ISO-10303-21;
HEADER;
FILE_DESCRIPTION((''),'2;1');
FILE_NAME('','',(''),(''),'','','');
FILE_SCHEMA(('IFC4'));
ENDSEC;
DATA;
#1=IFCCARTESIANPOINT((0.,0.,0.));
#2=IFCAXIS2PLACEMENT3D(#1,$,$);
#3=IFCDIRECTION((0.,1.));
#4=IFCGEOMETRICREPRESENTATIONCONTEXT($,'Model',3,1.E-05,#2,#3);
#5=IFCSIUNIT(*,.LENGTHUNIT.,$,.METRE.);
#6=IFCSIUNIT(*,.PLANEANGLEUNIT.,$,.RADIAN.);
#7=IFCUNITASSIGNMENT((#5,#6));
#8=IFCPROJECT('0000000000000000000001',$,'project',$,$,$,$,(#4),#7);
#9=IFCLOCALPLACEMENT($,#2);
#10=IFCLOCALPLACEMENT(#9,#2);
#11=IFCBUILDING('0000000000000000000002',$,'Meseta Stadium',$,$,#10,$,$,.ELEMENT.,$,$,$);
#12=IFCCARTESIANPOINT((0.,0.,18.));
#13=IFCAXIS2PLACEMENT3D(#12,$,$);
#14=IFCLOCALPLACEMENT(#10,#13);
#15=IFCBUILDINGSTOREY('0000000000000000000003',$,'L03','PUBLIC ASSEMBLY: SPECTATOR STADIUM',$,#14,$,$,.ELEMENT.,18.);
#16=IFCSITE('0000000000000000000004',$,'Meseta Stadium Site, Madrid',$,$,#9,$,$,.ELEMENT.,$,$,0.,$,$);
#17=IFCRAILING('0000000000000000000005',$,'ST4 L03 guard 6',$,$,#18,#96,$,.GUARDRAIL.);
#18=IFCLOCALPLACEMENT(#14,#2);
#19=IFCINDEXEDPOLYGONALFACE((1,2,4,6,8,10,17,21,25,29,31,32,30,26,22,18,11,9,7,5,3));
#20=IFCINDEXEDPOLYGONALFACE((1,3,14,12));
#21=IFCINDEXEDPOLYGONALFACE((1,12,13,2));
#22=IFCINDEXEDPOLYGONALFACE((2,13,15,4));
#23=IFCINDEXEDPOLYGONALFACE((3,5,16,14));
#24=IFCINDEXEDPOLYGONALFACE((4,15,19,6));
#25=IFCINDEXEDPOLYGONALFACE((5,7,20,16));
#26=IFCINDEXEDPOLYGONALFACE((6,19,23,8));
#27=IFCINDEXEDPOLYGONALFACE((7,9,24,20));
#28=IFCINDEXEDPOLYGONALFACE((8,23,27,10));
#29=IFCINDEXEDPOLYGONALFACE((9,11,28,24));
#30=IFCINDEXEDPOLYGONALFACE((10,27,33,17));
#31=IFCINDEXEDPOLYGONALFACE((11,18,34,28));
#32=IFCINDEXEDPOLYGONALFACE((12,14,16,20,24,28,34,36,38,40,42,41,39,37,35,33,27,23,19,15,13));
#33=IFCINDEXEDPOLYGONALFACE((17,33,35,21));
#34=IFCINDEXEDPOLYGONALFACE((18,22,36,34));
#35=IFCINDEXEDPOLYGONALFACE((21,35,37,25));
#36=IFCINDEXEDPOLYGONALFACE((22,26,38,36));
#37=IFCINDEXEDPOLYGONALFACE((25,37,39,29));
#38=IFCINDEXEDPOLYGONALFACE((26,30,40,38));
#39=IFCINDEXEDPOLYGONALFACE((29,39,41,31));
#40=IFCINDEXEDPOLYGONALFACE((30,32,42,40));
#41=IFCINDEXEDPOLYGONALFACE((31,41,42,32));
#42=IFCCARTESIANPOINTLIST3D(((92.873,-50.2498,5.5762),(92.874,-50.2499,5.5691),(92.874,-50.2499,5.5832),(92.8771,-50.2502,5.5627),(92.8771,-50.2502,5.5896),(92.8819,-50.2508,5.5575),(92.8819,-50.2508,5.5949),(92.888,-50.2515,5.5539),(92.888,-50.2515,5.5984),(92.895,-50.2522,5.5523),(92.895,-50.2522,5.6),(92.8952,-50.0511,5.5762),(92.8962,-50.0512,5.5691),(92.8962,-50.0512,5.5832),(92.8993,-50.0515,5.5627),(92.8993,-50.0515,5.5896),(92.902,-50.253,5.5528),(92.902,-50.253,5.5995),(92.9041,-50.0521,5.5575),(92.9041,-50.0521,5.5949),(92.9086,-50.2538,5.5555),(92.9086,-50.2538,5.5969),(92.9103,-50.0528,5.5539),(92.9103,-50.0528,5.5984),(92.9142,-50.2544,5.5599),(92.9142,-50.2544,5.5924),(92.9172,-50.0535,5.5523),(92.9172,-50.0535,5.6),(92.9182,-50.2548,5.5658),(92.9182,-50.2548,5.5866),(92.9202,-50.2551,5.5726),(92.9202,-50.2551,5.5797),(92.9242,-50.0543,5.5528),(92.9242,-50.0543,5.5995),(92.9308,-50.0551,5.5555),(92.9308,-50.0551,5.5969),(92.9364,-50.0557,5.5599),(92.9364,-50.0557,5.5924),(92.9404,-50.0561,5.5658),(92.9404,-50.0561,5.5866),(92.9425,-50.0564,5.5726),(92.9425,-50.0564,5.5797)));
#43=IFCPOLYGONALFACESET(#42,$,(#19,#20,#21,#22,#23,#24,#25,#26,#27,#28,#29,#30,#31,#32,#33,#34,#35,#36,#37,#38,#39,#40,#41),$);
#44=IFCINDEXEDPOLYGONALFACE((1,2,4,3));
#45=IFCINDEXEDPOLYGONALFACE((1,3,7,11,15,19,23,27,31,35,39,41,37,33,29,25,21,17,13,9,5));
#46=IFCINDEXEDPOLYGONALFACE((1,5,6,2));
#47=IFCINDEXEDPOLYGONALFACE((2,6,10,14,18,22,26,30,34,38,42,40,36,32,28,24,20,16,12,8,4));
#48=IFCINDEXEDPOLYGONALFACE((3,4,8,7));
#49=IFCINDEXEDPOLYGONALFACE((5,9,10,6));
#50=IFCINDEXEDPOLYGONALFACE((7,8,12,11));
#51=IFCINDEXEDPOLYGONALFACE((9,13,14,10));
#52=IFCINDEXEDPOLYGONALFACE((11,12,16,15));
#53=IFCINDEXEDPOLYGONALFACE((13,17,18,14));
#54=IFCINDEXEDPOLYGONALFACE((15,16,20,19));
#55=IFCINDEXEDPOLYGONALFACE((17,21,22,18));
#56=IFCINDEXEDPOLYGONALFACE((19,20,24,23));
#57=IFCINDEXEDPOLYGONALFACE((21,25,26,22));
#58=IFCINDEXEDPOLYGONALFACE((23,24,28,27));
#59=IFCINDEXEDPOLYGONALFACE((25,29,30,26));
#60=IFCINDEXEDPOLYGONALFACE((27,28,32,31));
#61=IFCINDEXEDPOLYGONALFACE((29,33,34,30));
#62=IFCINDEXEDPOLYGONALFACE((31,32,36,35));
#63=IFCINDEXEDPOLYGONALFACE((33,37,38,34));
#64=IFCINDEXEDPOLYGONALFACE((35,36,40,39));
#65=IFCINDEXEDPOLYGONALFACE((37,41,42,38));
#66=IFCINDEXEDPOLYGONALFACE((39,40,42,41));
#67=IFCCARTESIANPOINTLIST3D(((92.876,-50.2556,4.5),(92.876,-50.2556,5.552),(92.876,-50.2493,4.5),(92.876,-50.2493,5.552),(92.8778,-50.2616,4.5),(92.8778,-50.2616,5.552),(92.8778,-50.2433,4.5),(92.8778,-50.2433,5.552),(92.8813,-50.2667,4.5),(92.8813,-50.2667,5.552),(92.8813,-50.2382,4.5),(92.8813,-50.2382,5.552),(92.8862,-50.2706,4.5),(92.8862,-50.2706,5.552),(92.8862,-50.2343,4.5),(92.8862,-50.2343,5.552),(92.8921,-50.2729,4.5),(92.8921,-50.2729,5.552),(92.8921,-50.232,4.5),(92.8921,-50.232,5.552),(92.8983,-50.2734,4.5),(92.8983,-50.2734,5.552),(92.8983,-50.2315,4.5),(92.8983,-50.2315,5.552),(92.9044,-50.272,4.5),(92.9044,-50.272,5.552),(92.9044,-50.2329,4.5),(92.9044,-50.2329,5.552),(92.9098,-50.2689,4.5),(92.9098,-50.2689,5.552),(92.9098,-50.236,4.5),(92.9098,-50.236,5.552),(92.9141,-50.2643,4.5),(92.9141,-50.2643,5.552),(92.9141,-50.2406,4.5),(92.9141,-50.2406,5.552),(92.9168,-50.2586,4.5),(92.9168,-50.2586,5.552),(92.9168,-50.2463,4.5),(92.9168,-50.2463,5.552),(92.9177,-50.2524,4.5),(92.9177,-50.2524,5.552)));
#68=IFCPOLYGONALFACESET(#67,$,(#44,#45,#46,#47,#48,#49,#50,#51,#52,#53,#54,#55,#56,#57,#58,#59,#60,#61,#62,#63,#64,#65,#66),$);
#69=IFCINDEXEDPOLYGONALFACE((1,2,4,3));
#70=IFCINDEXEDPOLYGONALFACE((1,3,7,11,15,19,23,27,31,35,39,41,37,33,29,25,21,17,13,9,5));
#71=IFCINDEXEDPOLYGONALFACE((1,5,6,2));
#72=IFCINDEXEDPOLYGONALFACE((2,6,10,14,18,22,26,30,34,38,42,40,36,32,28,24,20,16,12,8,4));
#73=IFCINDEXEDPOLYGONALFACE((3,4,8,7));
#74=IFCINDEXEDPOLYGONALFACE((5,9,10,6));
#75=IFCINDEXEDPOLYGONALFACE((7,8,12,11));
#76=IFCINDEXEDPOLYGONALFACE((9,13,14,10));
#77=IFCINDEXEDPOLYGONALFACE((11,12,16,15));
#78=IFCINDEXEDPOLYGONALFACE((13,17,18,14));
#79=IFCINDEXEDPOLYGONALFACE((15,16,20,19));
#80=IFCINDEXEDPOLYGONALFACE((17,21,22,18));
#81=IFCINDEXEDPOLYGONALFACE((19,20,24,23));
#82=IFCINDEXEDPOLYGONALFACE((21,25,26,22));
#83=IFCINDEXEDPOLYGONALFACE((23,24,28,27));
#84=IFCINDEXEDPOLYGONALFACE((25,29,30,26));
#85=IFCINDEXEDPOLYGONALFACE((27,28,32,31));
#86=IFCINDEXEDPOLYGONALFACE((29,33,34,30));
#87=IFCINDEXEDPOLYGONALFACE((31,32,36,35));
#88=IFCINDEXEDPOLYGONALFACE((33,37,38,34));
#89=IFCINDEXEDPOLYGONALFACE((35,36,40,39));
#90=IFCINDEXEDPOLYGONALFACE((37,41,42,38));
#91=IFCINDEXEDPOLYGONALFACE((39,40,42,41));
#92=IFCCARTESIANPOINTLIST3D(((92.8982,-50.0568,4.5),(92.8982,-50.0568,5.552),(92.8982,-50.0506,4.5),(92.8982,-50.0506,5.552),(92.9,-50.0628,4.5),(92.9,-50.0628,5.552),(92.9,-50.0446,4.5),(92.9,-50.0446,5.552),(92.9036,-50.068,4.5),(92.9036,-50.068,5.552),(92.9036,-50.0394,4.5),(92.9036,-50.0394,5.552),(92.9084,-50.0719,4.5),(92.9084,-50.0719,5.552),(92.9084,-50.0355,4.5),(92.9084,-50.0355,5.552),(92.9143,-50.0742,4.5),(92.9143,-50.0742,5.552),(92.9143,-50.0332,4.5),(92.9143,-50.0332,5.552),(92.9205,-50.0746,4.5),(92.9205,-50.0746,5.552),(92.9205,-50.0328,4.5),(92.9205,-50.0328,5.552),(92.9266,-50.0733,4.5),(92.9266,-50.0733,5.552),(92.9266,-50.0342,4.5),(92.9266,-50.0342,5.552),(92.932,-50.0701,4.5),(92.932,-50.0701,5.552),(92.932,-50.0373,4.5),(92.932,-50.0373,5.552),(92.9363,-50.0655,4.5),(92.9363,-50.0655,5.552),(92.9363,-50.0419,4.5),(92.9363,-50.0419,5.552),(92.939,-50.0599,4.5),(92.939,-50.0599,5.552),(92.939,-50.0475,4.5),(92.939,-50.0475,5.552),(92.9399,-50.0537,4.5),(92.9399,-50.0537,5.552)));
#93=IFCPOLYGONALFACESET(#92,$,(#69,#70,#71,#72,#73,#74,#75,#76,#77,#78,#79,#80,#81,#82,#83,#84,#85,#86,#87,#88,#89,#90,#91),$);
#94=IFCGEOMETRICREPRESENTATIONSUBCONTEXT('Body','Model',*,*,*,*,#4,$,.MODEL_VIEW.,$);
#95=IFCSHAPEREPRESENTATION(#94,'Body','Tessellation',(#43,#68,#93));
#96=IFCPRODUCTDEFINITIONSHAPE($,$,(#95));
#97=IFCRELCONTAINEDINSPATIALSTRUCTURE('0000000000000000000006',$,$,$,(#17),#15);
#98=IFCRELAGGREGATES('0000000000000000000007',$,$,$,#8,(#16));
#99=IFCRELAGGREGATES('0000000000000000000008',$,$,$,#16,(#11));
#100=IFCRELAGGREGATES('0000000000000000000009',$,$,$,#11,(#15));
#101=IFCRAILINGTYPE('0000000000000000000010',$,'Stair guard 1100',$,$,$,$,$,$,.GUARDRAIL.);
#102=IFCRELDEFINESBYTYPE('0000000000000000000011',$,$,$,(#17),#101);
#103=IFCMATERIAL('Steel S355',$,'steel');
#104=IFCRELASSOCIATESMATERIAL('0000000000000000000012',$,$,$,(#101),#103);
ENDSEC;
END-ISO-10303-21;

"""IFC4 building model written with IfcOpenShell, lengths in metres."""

from ifc_helpers import new_model, si_unit, direction, frame, origin, origin_2d, place, context, subcontext, project, spatial, circle, extrude, material, type_object, element, save


model = new_model("IFC4")

# Units and contexts
model_context = context("Model", 3, precision=1e-05, world=origin(), true_north=direction((0.0, 1.0)))
body_context = subcontext(model_context, "Body", "Model", "MODEL_VIEW")
ifc_project = project(units=[si_unit("LENGTHUNIT", "METRE"), si_unit("PLANEANGLEUNIT", "RADIAN")], contexts=[model_context])

# Site, building, storey
site_placement = place(None, origin())
site = spatial("IfcSite", under=ifc_project, at=site_placement, Name="Meseta Stadium Site, Madrid", CompositionType="ELEMENT", RefElevation=0.0)
building_placement = place(site_placement, origin())
building = spatial("IfcBuilding", under=site, at=building_placement, Name="Meseta Stadium", CompositionType="ELEMENT")
storey_placement = place(building_placement, frame((0.0, 0.0, 18.0)))
storey = spatial("IfcBuildingStorey", under=building, at=storey_placement, Name="L03", Description="PUBLIC ASSEMBLY: SPECTATOR STADIUM", CompositionType="ELEMENT", Elevation=18.0)

# Railing
ifc_material_1 = material(Name="Steel S355", Category="steel")
railing_type_1 = type_object("IfcRailingType", Name="Stair guard 1100", PredefinedType="GUARDRAIL", material=ifc_material_1)
railing_1_placement = place(storey_placement, frame((92.8967, -50.2524, 4.5)))
element("IfcRailing", 1, at=railing_1_placement, inside=storey, type_object=railing_type_1, Name="ST4 L03 guard 6", PredefinedType="GUARDRAIL", context=body_context, shape_type="SweptSolid", body=[
    extrude(circle(Radius=0.0239, at=origin_2d()), frame((0.0, 0.0, 1.0762), z_axis=(0.111102, 0.993809, 0.0), x_axis=(-0.993809, 0.111102, 0.0)), (0.0, 0.0, 1.0), 0.2),
    extrude(circle(Radius=0.021, at=origin_2d()), origin(), (0.0, 0.0, 1.0), 1.052),
    extrude(circle(Radius=0.021, at=origin_2d()), frame((0.0222, 0.1987, 0.0)), (0.0, 0.0, 1.0), 1.052),
])

save(model, "model.ifc")
